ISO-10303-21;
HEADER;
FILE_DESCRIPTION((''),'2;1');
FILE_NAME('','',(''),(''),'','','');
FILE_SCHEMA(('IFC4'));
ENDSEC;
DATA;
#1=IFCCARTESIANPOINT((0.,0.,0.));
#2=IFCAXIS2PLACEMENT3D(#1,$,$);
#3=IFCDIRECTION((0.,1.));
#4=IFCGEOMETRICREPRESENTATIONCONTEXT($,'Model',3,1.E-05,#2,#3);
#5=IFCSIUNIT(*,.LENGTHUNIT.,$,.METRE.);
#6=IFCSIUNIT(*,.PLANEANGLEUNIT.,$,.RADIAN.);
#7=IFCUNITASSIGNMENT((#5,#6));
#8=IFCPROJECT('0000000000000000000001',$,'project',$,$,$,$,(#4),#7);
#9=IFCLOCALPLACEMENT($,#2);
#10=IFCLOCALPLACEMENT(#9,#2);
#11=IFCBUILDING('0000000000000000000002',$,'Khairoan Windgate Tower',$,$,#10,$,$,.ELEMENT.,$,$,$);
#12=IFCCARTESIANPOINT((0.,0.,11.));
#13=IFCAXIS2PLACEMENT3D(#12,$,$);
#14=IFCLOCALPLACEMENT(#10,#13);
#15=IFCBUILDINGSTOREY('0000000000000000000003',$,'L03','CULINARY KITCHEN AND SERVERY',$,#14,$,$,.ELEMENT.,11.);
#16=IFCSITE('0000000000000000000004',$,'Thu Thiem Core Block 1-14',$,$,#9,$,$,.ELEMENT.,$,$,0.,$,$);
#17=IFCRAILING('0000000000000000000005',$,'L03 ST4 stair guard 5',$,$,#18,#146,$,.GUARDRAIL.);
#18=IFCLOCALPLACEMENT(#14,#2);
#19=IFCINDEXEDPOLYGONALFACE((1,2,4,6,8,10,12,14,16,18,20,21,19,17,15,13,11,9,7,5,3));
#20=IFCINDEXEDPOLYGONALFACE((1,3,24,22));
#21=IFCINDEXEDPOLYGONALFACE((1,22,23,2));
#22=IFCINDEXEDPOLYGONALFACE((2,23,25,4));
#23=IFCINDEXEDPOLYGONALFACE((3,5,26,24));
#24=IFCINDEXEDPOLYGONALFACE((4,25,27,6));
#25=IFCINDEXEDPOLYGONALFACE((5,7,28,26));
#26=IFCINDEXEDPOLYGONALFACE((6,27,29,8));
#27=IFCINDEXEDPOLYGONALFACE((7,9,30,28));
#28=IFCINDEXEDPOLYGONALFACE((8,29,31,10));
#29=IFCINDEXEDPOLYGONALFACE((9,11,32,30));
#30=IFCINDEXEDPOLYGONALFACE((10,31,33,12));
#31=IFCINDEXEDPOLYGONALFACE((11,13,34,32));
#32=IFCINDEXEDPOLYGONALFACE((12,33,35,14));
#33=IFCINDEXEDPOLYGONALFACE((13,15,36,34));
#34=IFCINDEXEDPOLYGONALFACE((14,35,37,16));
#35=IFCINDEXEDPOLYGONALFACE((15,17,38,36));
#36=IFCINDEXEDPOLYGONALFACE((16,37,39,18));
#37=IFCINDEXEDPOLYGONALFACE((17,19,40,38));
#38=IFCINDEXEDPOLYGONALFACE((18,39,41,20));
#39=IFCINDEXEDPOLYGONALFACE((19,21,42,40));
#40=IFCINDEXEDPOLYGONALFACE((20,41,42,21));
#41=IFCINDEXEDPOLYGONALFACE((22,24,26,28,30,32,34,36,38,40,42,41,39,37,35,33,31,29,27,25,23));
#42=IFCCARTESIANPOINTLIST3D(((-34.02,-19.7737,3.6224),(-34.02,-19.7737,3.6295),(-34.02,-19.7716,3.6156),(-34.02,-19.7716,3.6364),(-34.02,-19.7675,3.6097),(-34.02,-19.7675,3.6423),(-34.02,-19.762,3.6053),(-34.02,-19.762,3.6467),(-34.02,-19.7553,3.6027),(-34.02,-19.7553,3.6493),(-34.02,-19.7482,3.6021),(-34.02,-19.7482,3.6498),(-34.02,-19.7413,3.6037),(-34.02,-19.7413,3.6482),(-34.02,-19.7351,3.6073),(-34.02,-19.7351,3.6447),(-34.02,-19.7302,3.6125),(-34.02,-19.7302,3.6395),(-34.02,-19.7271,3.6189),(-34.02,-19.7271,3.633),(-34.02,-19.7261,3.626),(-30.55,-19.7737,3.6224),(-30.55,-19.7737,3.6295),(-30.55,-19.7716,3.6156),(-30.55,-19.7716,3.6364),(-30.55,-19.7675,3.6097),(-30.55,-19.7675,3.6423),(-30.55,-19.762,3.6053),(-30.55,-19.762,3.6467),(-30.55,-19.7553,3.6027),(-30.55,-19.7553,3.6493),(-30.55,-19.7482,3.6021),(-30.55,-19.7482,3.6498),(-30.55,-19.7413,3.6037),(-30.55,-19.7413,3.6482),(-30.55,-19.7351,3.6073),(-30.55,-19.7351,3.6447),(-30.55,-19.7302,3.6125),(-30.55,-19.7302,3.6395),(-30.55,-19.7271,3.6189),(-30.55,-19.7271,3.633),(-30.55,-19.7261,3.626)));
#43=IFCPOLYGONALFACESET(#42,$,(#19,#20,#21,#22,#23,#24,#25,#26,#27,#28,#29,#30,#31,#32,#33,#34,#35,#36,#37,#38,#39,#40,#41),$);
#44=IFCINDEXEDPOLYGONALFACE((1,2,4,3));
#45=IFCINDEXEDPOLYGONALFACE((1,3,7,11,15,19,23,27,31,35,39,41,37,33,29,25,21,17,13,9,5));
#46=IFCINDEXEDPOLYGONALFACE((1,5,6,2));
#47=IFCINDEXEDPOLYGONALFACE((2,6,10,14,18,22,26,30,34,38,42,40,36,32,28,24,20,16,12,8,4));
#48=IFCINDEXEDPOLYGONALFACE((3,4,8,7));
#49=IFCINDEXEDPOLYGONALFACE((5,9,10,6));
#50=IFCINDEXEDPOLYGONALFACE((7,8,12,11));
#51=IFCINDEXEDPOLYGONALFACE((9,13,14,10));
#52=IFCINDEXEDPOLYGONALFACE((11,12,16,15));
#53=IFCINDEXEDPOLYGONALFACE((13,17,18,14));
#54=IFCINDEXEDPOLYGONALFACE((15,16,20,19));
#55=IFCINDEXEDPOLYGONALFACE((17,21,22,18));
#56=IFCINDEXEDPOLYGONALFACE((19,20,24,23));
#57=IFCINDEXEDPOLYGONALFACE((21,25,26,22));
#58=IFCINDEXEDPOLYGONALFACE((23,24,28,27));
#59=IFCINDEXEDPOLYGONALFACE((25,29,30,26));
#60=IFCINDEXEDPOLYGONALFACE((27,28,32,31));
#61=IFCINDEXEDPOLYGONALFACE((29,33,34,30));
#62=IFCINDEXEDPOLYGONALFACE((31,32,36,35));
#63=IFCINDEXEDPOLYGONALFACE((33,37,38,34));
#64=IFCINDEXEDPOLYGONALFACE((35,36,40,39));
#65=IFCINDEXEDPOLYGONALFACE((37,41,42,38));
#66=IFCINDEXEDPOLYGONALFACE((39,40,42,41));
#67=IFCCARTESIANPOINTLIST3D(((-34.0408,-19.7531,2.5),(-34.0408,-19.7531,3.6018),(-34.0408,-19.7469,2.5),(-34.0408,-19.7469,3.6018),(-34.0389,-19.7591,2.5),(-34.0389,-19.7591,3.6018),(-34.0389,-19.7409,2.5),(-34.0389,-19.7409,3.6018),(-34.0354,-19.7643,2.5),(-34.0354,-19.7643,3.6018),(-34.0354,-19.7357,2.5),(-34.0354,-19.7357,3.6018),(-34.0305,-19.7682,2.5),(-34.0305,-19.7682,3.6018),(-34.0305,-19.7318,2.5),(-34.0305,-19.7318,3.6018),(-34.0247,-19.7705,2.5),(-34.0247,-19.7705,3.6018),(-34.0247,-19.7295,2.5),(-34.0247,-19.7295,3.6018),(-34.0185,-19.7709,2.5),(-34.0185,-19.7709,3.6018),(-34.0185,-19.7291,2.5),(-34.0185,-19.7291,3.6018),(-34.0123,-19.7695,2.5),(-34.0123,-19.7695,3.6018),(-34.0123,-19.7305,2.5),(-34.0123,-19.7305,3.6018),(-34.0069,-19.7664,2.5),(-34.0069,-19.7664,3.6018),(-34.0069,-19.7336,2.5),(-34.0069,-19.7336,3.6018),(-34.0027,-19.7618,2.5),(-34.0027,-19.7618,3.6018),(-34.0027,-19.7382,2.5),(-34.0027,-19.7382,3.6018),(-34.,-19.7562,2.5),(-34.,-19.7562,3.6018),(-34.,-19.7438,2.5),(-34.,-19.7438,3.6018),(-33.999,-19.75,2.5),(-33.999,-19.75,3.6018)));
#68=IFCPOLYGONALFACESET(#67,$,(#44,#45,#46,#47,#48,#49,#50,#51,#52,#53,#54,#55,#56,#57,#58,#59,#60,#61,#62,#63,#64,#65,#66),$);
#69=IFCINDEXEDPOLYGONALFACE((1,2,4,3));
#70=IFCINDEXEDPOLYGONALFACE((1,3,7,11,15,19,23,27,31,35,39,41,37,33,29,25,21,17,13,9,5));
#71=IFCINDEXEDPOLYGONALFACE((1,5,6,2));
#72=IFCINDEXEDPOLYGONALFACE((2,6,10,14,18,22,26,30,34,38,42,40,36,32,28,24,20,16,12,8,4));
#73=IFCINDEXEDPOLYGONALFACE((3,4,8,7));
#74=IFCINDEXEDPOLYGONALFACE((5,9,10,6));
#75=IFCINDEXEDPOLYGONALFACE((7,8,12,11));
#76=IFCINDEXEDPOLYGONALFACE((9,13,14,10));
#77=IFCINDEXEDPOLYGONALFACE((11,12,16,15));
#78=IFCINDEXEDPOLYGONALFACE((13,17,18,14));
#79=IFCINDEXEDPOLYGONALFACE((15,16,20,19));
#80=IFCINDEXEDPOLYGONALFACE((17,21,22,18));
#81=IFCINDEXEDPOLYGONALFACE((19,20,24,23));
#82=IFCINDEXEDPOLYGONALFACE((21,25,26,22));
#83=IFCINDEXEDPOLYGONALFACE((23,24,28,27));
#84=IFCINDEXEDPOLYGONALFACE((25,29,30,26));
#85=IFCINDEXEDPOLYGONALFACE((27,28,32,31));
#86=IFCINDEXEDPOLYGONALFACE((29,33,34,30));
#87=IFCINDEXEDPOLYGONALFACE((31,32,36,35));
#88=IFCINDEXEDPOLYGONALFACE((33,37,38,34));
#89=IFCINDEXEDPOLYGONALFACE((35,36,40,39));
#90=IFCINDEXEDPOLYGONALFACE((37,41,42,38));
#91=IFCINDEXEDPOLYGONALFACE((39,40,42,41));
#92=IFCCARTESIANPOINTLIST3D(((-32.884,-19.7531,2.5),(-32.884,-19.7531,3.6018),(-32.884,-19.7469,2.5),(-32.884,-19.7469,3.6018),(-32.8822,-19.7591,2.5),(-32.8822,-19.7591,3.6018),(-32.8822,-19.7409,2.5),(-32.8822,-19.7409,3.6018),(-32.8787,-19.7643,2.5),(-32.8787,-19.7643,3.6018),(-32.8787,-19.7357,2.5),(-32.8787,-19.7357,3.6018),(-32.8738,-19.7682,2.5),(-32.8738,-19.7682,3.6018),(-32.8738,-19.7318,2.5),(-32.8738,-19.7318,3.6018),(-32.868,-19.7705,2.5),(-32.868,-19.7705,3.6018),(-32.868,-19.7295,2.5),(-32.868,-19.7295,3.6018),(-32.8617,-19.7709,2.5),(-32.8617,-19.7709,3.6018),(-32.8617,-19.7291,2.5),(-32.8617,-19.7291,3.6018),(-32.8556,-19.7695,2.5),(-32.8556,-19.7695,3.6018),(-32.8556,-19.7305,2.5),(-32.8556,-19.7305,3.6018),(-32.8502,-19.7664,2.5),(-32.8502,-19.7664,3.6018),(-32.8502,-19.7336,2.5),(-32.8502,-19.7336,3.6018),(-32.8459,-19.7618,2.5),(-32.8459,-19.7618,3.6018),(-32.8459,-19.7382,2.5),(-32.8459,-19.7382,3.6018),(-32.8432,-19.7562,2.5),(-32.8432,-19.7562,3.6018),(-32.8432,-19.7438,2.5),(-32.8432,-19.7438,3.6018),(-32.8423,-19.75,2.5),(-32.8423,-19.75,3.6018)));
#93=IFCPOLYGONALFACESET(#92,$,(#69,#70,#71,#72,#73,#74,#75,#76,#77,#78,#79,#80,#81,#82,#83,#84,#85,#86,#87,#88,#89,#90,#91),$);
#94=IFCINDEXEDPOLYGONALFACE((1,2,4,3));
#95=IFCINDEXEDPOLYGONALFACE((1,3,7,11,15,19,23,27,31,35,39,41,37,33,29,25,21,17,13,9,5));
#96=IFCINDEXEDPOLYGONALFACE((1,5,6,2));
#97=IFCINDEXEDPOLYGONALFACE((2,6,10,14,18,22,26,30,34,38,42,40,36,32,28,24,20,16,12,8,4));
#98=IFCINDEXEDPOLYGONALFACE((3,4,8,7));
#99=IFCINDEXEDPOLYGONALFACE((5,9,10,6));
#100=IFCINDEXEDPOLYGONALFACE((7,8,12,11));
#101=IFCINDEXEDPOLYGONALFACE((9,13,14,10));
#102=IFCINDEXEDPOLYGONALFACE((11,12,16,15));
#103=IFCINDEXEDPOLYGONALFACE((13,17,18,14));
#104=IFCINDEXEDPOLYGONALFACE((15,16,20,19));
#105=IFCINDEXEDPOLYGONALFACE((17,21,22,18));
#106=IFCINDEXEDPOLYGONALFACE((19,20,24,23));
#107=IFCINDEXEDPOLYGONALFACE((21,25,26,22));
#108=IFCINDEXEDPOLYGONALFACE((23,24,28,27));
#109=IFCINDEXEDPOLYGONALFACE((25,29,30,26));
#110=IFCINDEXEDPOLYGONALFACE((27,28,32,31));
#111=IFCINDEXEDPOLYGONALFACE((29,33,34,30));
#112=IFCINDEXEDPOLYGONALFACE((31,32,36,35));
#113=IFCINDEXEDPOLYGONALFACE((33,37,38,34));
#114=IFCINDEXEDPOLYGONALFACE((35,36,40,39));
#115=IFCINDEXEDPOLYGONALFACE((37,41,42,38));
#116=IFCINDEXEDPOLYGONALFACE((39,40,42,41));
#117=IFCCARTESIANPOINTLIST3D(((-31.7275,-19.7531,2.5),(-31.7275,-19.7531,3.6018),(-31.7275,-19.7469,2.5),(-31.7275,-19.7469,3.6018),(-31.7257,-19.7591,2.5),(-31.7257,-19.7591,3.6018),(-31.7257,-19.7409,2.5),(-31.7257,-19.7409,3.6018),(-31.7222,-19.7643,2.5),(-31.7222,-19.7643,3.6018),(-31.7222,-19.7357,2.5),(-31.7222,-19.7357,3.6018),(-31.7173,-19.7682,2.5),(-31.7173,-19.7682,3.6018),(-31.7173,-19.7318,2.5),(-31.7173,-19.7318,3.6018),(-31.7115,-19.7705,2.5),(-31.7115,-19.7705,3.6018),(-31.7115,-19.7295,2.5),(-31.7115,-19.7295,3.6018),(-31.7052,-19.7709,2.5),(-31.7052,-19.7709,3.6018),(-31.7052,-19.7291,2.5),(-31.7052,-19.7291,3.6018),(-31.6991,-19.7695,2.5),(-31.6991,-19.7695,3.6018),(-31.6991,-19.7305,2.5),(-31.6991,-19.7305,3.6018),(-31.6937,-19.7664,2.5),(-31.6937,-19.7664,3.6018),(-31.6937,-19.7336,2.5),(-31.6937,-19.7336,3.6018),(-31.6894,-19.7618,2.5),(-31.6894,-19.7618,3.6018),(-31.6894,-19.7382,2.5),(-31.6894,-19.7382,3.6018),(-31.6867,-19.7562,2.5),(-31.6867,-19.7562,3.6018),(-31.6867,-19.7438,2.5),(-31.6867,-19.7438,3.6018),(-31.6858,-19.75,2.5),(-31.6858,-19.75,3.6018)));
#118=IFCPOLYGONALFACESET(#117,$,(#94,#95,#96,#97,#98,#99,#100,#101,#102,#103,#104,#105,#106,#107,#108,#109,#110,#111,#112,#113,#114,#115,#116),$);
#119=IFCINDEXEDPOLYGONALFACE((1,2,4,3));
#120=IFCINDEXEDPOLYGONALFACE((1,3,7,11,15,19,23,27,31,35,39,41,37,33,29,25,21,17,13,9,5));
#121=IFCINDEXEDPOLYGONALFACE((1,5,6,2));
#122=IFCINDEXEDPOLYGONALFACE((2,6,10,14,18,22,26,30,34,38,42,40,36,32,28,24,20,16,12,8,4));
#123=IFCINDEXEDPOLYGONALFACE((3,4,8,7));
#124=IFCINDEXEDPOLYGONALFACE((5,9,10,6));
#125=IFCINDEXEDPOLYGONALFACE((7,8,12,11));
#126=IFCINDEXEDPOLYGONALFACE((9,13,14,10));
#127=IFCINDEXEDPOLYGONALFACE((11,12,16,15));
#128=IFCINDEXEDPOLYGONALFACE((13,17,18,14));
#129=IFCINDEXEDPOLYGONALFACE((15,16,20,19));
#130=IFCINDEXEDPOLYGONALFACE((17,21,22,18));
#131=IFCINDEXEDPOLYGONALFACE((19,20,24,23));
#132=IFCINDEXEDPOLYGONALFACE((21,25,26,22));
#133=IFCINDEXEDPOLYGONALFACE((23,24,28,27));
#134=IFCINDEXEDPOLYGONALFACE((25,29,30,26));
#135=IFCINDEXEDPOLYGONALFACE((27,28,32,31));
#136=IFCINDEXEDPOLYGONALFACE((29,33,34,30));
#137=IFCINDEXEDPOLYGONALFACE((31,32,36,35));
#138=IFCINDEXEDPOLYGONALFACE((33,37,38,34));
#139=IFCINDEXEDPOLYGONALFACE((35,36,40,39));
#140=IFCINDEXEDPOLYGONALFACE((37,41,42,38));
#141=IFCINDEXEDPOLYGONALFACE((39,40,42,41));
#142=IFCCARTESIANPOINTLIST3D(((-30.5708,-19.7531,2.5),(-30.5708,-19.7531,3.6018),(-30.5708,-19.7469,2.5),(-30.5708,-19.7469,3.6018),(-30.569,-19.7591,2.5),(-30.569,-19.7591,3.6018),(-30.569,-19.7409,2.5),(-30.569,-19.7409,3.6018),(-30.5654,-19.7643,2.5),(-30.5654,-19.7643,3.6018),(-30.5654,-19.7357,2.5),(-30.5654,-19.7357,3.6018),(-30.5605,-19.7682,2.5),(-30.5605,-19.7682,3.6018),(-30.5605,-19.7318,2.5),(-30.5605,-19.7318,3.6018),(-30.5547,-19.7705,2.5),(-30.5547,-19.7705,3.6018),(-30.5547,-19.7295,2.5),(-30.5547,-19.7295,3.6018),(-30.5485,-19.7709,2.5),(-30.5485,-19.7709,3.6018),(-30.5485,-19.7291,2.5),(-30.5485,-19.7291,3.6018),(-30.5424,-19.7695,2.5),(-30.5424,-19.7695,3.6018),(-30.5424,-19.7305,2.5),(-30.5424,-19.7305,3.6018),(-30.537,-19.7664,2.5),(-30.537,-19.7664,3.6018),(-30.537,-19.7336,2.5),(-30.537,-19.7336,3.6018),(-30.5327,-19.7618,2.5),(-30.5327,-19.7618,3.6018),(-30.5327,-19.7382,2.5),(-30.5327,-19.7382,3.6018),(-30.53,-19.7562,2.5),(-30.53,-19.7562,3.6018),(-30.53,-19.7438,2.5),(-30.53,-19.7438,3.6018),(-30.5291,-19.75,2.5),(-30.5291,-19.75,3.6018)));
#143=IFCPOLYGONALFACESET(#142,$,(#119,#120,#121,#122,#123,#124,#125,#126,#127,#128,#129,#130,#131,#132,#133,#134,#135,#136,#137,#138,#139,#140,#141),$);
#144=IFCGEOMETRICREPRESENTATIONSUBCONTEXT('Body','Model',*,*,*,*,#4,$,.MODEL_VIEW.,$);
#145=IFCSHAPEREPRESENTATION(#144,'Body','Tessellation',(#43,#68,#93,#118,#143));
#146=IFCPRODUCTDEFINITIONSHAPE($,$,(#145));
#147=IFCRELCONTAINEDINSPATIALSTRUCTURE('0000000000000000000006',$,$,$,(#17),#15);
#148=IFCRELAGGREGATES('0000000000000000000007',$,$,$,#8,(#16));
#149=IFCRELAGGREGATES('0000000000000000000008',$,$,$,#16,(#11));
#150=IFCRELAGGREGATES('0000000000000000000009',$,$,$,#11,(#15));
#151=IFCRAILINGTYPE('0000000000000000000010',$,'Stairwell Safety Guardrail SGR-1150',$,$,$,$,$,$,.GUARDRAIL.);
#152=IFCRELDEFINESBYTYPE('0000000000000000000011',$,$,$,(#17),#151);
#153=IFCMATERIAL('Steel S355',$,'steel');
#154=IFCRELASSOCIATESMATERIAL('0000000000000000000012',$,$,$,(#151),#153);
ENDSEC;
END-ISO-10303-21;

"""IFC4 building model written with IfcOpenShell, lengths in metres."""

from ifc_helpers import new_model, si_unit, direction, frame, origin, origin_2d, place, context, subcontext, project, spatial, circle, extrude, material, type_object, element, save


model = new_model("IFC4")

# Units and contexts
model_context = context("Model", 3, precision=1e-05, world=origin(), true_north=direction((0.0, 1.0)))
body_context = subcontext(model_context, "Body", "Model", "MODEL_VIEW")
ifc_project = project(units=[si_unit("LENGTHUNIT", "METRE"), si_unit("PLANEANGLEUNIT", "RADIAN")], contexts=[model_context])

# Site, building, storey
site_placement = place(None, origin())
site = spatial("IfcSite", under=ifc_project, at=site_placement, Name="Thu Thiem Core Block 1-14", CompositionType="ELEMENT", RefElevation=0.0)
building_placement = place(site_placement, origin())
building = spatial("IfcBuilding", under=site, at=building_placement, Name="Khairoan Windgate Tower", CompositionType="ELEMENT")
storey_placement = place(building_placement, frame((0.0, 0.0, 11.0)))
storey = spatial("IfcBuildingStorey", under=building, at=storey_placement, Name="L03", Description="CULINARY KITCHEN AND SERVERY", CompositionType="ELEMENT", Elevation=11.0)

# Railing
ifc_material_1 = material(Name="Steel S355", Category="steel")
railing_type = type_object("IfcRailingType", Name="Stairwell Safety Guardrail SGR-1150", PredefinedType="GUARDRAIL", material=ifc_material_1)
railing_1_placement = place(storey_placement, frame((-34.02, -19.75, 2.5)))
element("IfcRailing", 1, at=railing_1_placement, inside=storey, type_object=railing_type, Name="L03 ST4 stair guard 5", PredefinedType="GUARDRAIL", context=body_context, shape_type="SweptSolid", body=[
    extrude(circle(Radius=0.0239, at=origin_2d()), frame((0.0, 0.0, 1.126), z_axis=(1.0, 0.0, 0.0), x_axis=(0.0, 1.0, 0.0)), (0.0, 0.0, 1.0), 3.47),
    extrude(circle(Radius=0.021, at=origin_2d()), origin(), (0.0, 0.0, 1.0), 1.1018),
    extrude(circle(Radius=0.021, at=origin_2d()), frame((1.1567, 0.0, 0.0)), (0.0, 0.0, 1.0), 1.1018),
    extrude(circle(Radius=0.021, at=origin_2d()), frame((2.3132, 0.0, 0.0)), (0.0, 0.0, 1.0), 1.1018),
    extrude(circle(Radius=0.021, at=origin_2d()), frame((3.47, 0.0, 0.0)), (0.0, 0.0, 1.0), 1.1018),
])

save(model, "model.ifc")
